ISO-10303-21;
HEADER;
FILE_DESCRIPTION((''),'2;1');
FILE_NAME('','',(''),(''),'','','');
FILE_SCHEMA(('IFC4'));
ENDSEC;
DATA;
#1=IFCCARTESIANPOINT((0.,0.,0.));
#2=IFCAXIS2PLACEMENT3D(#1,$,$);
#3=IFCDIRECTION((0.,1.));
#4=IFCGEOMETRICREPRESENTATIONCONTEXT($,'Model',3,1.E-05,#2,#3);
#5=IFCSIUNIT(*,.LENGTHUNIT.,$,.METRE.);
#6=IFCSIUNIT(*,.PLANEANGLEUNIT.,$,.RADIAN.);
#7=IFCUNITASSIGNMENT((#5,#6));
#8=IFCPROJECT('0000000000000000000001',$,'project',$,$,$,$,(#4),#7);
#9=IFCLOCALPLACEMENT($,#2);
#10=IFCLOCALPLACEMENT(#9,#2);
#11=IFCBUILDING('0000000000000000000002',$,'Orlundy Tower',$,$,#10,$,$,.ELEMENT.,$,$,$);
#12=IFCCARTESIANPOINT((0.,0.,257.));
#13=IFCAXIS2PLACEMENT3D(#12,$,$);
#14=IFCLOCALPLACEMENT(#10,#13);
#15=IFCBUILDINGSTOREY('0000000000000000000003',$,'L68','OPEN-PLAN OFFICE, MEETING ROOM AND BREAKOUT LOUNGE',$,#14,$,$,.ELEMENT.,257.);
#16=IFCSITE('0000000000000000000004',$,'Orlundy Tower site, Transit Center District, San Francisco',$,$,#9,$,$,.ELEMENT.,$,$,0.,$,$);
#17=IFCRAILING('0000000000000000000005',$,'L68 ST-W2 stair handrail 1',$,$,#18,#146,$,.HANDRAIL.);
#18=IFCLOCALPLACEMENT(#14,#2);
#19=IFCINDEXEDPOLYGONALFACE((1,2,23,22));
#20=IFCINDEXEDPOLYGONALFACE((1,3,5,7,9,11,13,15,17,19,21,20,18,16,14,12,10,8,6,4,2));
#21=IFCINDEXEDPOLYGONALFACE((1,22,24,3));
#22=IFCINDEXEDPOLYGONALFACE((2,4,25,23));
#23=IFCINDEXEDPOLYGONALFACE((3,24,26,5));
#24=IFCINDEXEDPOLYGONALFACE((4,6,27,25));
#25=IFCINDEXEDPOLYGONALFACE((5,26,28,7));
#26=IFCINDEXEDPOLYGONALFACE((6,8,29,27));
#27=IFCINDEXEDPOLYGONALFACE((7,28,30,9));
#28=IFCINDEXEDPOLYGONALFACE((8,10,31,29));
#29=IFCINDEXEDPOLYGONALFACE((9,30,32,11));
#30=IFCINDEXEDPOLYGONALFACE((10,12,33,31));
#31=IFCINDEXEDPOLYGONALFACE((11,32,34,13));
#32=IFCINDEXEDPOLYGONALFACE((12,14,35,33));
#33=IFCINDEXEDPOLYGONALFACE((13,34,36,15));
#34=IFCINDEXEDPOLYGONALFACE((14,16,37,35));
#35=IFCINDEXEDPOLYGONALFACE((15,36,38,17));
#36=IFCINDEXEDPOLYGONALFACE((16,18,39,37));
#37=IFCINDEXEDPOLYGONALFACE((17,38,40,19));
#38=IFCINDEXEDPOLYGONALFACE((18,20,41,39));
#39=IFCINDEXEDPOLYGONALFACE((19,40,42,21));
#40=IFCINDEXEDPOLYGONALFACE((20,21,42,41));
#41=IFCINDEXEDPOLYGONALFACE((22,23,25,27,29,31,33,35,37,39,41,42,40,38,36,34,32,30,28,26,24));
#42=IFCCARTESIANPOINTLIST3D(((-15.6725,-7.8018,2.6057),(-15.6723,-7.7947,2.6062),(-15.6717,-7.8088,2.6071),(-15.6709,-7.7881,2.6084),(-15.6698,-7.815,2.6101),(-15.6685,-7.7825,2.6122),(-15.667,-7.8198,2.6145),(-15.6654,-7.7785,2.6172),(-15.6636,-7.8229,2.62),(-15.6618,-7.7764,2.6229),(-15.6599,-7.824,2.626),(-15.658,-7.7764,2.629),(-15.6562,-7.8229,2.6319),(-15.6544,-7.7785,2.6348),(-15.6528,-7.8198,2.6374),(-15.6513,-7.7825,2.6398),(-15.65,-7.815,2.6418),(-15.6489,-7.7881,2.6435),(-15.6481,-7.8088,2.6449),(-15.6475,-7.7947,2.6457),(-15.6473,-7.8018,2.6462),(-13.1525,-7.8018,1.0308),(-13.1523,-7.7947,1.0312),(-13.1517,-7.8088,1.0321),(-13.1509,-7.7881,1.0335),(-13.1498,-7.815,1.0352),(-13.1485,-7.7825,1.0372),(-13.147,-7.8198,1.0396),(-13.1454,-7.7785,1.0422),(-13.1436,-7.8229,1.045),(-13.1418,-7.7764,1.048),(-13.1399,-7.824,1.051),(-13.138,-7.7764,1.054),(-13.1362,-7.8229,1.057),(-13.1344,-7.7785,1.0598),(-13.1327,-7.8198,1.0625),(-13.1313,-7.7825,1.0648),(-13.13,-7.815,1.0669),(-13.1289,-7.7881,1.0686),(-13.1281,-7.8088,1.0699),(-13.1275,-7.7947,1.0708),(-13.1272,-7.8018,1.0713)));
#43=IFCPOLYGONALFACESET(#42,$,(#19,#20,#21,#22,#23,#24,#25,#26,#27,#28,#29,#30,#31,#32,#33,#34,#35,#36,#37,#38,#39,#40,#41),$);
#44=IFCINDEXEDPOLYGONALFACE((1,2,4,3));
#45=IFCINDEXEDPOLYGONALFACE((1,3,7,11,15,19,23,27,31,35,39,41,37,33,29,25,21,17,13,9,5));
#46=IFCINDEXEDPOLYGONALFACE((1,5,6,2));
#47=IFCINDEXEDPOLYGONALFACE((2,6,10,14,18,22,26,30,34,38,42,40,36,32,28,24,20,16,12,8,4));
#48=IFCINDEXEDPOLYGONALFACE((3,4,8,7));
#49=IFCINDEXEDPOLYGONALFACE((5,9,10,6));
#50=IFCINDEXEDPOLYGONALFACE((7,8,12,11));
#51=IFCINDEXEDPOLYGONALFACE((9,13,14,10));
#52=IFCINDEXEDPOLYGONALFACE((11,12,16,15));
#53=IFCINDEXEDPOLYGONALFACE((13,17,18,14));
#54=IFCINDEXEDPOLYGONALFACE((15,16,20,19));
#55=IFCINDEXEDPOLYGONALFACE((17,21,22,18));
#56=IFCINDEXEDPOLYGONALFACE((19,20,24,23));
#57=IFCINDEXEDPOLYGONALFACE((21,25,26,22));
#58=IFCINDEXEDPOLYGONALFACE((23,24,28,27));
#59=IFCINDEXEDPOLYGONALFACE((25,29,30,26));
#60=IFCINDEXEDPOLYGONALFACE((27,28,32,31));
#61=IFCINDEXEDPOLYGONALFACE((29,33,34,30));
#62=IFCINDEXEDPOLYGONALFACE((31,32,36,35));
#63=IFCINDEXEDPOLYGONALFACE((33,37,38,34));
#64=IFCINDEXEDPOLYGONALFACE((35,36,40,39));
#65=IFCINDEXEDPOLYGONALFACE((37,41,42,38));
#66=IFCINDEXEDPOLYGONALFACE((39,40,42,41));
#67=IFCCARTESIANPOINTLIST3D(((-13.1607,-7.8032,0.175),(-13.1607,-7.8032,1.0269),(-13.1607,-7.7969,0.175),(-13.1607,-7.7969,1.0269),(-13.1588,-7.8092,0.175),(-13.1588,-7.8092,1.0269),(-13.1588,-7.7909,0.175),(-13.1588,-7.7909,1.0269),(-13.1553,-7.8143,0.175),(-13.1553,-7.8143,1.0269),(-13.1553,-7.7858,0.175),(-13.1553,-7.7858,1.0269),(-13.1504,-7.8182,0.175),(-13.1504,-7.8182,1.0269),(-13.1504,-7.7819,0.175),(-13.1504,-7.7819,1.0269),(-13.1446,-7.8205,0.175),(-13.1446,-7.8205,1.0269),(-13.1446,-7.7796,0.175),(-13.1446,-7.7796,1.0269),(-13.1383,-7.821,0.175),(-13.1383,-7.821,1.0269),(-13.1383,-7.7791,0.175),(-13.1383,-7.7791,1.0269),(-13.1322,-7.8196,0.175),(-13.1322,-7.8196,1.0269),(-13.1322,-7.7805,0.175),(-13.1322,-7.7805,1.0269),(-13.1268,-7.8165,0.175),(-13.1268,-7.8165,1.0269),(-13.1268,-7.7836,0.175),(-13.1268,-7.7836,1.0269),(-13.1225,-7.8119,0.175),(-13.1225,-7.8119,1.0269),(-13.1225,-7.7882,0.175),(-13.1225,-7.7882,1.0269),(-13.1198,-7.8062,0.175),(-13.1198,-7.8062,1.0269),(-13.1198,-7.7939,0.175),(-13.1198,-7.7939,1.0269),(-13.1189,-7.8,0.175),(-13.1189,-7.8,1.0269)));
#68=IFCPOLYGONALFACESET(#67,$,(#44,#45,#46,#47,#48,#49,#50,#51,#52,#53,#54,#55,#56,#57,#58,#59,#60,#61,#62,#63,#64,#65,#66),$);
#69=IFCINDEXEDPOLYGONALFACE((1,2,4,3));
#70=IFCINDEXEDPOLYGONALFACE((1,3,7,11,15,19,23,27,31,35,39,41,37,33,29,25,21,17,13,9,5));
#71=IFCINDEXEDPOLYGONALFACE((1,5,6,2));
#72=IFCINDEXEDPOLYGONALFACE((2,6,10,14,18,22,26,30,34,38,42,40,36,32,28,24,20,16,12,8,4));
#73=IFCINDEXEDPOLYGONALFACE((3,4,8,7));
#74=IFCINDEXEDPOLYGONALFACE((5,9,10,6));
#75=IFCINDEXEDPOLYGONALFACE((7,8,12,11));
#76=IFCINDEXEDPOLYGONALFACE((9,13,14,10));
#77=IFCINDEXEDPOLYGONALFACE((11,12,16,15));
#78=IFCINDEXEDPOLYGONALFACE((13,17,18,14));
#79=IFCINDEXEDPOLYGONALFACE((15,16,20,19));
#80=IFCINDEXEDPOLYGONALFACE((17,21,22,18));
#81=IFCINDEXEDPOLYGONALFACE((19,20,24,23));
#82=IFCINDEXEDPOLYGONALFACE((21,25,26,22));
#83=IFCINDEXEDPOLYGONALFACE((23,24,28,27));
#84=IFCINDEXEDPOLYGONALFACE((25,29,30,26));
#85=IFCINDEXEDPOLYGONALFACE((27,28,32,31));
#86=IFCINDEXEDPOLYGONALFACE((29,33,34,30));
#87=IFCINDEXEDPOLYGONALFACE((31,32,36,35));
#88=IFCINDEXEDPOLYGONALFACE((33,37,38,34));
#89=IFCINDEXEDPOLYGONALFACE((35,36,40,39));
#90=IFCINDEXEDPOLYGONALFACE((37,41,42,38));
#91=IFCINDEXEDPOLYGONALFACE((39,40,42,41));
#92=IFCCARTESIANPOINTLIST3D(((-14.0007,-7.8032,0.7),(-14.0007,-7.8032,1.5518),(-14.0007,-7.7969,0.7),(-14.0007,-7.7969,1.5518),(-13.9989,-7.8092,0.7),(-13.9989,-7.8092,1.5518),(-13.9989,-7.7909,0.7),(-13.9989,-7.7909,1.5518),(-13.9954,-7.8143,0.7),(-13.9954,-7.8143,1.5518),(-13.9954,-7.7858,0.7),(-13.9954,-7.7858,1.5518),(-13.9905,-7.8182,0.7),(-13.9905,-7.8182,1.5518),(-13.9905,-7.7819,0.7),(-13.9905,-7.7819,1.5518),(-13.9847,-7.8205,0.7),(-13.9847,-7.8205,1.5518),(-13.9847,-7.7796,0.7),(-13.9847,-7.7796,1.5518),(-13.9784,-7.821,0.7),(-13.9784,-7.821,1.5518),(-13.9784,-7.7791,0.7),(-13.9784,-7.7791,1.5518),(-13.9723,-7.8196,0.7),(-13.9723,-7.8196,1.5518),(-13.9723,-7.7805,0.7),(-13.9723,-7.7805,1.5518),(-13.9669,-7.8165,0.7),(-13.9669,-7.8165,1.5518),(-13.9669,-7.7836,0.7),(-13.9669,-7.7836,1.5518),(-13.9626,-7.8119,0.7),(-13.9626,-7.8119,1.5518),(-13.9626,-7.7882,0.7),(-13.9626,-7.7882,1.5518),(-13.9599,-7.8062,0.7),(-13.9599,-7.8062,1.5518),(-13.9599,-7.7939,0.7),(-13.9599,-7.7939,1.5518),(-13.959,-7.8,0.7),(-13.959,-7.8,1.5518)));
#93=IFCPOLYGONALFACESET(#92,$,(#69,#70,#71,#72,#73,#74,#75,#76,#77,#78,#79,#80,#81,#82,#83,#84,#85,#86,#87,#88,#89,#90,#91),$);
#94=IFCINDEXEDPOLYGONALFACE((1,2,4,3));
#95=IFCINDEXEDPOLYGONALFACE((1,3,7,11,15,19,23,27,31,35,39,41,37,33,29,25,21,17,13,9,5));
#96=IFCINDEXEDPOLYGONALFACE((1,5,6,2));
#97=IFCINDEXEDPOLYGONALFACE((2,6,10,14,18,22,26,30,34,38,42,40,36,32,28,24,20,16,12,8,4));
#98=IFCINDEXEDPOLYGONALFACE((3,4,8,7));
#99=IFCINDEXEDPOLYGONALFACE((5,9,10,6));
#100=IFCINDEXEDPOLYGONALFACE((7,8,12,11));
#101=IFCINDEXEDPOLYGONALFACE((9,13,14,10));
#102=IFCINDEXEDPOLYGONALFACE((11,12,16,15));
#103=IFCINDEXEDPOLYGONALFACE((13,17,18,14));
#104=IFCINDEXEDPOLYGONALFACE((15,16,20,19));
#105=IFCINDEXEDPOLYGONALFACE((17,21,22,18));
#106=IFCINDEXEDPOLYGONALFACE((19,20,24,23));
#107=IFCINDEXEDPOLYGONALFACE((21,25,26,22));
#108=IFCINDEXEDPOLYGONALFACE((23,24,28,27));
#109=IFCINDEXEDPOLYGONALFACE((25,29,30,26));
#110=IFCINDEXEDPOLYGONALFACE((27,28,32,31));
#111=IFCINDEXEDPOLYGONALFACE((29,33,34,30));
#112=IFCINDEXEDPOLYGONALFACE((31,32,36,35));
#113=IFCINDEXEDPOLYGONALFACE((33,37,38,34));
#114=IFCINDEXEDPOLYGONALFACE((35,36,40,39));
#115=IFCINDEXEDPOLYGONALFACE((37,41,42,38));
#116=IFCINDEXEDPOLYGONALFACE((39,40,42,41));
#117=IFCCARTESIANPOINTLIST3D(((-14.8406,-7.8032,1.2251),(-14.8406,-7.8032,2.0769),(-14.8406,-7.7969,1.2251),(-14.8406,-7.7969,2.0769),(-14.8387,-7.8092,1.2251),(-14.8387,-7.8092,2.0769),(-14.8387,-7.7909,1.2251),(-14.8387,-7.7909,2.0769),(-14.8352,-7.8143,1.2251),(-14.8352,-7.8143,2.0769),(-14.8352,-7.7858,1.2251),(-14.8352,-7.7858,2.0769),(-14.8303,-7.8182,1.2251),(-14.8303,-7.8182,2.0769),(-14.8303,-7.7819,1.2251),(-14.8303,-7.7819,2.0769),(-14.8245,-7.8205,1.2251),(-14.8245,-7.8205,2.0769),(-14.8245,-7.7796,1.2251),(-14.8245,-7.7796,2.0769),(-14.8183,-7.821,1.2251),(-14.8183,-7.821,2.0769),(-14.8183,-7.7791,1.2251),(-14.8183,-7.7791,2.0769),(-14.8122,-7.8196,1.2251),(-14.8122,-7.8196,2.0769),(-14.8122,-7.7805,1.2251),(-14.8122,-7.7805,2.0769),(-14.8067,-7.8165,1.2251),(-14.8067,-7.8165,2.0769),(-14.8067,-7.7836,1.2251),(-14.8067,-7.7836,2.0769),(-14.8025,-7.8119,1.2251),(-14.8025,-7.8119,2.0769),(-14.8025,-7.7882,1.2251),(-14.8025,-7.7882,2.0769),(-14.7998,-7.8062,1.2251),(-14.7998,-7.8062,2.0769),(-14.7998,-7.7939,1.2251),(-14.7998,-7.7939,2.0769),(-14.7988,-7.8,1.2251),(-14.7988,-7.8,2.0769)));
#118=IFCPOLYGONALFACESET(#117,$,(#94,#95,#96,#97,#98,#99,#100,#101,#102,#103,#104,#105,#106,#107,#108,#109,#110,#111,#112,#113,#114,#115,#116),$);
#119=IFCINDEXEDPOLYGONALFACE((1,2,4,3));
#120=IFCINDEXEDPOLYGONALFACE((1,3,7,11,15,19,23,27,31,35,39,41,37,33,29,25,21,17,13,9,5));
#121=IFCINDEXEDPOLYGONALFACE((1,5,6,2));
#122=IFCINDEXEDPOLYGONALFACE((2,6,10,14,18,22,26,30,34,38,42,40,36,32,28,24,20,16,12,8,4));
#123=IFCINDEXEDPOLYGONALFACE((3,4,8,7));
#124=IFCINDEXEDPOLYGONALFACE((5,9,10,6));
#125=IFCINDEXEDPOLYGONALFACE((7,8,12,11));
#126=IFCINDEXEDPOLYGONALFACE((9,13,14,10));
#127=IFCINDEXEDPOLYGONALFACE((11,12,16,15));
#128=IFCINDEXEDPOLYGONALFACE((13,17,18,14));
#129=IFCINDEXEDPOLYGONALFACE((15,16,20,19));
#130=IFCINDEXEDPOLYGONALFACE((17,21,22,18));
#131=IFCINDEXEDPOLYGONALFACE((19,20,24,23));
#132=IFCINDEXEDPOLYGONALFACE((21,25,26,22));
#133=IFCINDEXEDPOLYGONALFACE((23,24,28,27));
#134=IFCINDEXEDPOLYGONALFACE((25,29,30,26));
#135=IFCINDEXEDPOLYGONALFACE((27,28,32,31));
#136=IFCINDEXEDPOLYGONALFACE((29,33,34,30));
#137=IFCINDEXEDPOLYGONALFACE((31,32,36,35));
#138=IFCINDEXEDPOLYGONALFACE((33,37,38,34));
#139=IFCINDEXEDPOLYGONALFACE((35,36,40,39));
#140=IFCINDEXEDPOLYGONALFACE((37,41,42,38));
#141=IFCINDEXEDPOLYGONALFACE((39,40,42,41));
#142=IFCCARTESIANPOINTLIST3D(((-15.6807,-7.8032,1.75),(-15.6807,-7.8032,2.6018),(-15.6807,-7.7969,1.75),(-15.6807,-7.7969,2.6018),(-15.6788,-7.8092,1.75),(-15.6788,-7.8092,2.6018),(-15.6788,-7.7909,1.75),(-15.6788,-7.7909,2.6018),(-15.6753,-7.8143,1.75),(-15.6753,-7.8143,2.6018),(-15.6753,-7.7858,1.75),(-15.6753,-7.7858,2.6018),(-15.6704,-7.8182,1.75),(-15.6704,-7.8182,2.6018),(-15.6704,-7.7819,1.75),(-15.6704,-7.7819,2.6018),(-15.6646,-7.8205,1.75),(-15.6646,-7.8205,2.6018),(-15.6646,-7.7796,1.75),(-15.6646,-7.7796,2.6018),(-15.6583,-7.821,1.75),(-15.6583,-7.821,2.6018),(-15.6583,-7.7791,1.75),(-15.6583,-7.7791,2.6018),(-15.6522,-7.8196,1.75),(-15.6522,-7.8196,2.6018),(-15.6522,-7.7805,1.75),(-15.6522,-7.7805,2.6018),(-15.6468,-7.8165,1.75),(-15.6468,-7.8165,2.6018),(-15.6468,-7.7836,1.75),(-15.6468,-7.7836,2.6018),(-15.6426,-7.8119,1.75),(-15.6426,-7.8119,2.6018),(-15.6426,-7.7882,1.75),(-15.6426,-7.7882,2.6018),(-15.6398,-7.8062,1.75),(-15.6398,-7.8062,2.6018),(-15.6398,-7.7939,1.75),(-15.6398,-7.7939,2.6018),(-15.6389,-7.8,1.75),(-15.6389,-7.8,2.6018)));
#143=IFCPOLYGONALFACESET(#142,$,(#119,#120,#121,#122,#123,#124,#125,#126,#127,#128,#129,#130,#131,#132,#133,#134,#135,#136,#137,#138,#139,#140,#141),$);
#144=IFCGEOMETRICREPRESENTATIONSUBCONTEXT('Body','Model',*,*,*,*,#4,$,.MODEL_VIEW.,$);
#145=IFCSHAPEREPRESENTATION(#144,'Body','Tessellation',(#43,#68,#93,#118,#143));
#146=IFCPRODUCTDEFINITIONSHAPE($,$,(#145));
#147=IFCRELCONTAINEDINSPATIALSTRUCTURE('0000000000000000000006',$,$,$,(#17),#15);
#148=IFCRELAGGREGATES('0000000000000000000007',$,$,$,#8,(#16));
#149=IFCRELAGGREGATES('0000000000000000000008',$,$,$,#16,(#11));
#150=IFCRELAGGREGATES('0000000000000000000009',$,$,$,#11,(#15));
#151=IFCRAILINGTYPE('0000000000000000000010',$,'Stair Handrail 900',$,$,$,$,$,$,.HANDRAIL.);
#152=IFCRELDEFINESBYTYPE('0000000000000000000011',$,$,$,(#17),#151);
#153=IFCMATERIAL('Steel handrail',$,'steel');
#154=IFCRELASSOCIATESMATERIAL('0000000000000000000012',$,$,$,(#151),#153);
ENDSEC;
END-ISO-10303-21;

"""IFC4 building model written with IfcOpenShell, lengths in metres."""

from ifc_helpers import new_model, si_unit, direction, frame, origin, origin_2d, place, context, subcontext, project, spatial, circle, extrude, material, type_object, element, save


model = new_model("IFC4")

# Units and contexts
model_context = context("Model", 3, precision=1e-05, world=origin(), true_north=direction((0.0, 1.0)))
body_context = subcontext(model_context, "Body", "Model", "MODEL_VIEW")
ifc_project = project(units=[si_unit("LENGTHUNIT", "METRE"), si_unit("PLANEANGLEUNIT", "RADIAN")], contexts=[model_context])

# Site, building, storey
site_placement = place(None, origin())
site = spatial("IfcSite", under=ifc_project, at=site_placement, Name="Orlundy Tower site, Transit Center District, San Francisco", CompositionType="ELEMENT", RefElevation=0.0)
building_placement = place(site_placement, origin())
building = spatial("IfcBuilding", under=site, at=building_placement, Name="Orlundy Tower", CompositionType="ELEMENT")
storey_placement = place(building_placement, frame((0.0, 0.0, 257.0)))
storey = spatial("IfcBuildingStorey", under=building, at=storey_placement, Name="L68", Description="OPEN-PLAN OFFICE, MEETING ROOM AND BREAKOUT LOUNGE", CompositionType="ELEMENT", Elevation=257.0)

# Railing
ifc_material_1 = material(Name="Steel handrail", Category="steel")
railing_type_1 = type_object("IfcRailingType", Name="Stair Handrail 900", PredefinedType="HANDRAIL", material=ifc_material_1)
railing_1_placement = place(storey_placement, frame((-13.1399, -7.8, 0.175)))
element("IfcRailing", 1, at=railing_1_placement, inside=storey, type_object=railing_type_1, Name="L68 ST-W2 stair handrail 1", PredefinedType="HANDRAIL", context=body_context, shape_type="SweptSolid", body=[
    extrude(circle(Radius=0.0239, at=origin_2d()), frame((0.0, 0.0, 0.876), z_axis=(-0.848008, 0.0, 0.529984), x_axis=(0.0, -1.0, 0.0)), (0.0, 0.0, 1.0), 2.9717),
    extrude(circle(Radius=0.021, at=origin_2d()), origin(), (0.0, 0.0, 1.0), 0.8518),
    extrude(circle(Radius=0.021, at=origin_2d()), frame((-0.8401, 0.0, 0.5249)), (0.0, 0.0, 1.0), 0.8518),
    extrude(circle(Radius=0.021, at=origin_2d()), frame((-1.6799, 0.0, 1.05)), (0.0, 0.0, 1.0), 0.8518),
    extrude(circle(Radius=0.021, at=origin_2d()), frame((-2.52, 0.0, 1.575)), (0.0, 0.0, 1.0), 0.8518),
])

save(model, "model.ifc")
